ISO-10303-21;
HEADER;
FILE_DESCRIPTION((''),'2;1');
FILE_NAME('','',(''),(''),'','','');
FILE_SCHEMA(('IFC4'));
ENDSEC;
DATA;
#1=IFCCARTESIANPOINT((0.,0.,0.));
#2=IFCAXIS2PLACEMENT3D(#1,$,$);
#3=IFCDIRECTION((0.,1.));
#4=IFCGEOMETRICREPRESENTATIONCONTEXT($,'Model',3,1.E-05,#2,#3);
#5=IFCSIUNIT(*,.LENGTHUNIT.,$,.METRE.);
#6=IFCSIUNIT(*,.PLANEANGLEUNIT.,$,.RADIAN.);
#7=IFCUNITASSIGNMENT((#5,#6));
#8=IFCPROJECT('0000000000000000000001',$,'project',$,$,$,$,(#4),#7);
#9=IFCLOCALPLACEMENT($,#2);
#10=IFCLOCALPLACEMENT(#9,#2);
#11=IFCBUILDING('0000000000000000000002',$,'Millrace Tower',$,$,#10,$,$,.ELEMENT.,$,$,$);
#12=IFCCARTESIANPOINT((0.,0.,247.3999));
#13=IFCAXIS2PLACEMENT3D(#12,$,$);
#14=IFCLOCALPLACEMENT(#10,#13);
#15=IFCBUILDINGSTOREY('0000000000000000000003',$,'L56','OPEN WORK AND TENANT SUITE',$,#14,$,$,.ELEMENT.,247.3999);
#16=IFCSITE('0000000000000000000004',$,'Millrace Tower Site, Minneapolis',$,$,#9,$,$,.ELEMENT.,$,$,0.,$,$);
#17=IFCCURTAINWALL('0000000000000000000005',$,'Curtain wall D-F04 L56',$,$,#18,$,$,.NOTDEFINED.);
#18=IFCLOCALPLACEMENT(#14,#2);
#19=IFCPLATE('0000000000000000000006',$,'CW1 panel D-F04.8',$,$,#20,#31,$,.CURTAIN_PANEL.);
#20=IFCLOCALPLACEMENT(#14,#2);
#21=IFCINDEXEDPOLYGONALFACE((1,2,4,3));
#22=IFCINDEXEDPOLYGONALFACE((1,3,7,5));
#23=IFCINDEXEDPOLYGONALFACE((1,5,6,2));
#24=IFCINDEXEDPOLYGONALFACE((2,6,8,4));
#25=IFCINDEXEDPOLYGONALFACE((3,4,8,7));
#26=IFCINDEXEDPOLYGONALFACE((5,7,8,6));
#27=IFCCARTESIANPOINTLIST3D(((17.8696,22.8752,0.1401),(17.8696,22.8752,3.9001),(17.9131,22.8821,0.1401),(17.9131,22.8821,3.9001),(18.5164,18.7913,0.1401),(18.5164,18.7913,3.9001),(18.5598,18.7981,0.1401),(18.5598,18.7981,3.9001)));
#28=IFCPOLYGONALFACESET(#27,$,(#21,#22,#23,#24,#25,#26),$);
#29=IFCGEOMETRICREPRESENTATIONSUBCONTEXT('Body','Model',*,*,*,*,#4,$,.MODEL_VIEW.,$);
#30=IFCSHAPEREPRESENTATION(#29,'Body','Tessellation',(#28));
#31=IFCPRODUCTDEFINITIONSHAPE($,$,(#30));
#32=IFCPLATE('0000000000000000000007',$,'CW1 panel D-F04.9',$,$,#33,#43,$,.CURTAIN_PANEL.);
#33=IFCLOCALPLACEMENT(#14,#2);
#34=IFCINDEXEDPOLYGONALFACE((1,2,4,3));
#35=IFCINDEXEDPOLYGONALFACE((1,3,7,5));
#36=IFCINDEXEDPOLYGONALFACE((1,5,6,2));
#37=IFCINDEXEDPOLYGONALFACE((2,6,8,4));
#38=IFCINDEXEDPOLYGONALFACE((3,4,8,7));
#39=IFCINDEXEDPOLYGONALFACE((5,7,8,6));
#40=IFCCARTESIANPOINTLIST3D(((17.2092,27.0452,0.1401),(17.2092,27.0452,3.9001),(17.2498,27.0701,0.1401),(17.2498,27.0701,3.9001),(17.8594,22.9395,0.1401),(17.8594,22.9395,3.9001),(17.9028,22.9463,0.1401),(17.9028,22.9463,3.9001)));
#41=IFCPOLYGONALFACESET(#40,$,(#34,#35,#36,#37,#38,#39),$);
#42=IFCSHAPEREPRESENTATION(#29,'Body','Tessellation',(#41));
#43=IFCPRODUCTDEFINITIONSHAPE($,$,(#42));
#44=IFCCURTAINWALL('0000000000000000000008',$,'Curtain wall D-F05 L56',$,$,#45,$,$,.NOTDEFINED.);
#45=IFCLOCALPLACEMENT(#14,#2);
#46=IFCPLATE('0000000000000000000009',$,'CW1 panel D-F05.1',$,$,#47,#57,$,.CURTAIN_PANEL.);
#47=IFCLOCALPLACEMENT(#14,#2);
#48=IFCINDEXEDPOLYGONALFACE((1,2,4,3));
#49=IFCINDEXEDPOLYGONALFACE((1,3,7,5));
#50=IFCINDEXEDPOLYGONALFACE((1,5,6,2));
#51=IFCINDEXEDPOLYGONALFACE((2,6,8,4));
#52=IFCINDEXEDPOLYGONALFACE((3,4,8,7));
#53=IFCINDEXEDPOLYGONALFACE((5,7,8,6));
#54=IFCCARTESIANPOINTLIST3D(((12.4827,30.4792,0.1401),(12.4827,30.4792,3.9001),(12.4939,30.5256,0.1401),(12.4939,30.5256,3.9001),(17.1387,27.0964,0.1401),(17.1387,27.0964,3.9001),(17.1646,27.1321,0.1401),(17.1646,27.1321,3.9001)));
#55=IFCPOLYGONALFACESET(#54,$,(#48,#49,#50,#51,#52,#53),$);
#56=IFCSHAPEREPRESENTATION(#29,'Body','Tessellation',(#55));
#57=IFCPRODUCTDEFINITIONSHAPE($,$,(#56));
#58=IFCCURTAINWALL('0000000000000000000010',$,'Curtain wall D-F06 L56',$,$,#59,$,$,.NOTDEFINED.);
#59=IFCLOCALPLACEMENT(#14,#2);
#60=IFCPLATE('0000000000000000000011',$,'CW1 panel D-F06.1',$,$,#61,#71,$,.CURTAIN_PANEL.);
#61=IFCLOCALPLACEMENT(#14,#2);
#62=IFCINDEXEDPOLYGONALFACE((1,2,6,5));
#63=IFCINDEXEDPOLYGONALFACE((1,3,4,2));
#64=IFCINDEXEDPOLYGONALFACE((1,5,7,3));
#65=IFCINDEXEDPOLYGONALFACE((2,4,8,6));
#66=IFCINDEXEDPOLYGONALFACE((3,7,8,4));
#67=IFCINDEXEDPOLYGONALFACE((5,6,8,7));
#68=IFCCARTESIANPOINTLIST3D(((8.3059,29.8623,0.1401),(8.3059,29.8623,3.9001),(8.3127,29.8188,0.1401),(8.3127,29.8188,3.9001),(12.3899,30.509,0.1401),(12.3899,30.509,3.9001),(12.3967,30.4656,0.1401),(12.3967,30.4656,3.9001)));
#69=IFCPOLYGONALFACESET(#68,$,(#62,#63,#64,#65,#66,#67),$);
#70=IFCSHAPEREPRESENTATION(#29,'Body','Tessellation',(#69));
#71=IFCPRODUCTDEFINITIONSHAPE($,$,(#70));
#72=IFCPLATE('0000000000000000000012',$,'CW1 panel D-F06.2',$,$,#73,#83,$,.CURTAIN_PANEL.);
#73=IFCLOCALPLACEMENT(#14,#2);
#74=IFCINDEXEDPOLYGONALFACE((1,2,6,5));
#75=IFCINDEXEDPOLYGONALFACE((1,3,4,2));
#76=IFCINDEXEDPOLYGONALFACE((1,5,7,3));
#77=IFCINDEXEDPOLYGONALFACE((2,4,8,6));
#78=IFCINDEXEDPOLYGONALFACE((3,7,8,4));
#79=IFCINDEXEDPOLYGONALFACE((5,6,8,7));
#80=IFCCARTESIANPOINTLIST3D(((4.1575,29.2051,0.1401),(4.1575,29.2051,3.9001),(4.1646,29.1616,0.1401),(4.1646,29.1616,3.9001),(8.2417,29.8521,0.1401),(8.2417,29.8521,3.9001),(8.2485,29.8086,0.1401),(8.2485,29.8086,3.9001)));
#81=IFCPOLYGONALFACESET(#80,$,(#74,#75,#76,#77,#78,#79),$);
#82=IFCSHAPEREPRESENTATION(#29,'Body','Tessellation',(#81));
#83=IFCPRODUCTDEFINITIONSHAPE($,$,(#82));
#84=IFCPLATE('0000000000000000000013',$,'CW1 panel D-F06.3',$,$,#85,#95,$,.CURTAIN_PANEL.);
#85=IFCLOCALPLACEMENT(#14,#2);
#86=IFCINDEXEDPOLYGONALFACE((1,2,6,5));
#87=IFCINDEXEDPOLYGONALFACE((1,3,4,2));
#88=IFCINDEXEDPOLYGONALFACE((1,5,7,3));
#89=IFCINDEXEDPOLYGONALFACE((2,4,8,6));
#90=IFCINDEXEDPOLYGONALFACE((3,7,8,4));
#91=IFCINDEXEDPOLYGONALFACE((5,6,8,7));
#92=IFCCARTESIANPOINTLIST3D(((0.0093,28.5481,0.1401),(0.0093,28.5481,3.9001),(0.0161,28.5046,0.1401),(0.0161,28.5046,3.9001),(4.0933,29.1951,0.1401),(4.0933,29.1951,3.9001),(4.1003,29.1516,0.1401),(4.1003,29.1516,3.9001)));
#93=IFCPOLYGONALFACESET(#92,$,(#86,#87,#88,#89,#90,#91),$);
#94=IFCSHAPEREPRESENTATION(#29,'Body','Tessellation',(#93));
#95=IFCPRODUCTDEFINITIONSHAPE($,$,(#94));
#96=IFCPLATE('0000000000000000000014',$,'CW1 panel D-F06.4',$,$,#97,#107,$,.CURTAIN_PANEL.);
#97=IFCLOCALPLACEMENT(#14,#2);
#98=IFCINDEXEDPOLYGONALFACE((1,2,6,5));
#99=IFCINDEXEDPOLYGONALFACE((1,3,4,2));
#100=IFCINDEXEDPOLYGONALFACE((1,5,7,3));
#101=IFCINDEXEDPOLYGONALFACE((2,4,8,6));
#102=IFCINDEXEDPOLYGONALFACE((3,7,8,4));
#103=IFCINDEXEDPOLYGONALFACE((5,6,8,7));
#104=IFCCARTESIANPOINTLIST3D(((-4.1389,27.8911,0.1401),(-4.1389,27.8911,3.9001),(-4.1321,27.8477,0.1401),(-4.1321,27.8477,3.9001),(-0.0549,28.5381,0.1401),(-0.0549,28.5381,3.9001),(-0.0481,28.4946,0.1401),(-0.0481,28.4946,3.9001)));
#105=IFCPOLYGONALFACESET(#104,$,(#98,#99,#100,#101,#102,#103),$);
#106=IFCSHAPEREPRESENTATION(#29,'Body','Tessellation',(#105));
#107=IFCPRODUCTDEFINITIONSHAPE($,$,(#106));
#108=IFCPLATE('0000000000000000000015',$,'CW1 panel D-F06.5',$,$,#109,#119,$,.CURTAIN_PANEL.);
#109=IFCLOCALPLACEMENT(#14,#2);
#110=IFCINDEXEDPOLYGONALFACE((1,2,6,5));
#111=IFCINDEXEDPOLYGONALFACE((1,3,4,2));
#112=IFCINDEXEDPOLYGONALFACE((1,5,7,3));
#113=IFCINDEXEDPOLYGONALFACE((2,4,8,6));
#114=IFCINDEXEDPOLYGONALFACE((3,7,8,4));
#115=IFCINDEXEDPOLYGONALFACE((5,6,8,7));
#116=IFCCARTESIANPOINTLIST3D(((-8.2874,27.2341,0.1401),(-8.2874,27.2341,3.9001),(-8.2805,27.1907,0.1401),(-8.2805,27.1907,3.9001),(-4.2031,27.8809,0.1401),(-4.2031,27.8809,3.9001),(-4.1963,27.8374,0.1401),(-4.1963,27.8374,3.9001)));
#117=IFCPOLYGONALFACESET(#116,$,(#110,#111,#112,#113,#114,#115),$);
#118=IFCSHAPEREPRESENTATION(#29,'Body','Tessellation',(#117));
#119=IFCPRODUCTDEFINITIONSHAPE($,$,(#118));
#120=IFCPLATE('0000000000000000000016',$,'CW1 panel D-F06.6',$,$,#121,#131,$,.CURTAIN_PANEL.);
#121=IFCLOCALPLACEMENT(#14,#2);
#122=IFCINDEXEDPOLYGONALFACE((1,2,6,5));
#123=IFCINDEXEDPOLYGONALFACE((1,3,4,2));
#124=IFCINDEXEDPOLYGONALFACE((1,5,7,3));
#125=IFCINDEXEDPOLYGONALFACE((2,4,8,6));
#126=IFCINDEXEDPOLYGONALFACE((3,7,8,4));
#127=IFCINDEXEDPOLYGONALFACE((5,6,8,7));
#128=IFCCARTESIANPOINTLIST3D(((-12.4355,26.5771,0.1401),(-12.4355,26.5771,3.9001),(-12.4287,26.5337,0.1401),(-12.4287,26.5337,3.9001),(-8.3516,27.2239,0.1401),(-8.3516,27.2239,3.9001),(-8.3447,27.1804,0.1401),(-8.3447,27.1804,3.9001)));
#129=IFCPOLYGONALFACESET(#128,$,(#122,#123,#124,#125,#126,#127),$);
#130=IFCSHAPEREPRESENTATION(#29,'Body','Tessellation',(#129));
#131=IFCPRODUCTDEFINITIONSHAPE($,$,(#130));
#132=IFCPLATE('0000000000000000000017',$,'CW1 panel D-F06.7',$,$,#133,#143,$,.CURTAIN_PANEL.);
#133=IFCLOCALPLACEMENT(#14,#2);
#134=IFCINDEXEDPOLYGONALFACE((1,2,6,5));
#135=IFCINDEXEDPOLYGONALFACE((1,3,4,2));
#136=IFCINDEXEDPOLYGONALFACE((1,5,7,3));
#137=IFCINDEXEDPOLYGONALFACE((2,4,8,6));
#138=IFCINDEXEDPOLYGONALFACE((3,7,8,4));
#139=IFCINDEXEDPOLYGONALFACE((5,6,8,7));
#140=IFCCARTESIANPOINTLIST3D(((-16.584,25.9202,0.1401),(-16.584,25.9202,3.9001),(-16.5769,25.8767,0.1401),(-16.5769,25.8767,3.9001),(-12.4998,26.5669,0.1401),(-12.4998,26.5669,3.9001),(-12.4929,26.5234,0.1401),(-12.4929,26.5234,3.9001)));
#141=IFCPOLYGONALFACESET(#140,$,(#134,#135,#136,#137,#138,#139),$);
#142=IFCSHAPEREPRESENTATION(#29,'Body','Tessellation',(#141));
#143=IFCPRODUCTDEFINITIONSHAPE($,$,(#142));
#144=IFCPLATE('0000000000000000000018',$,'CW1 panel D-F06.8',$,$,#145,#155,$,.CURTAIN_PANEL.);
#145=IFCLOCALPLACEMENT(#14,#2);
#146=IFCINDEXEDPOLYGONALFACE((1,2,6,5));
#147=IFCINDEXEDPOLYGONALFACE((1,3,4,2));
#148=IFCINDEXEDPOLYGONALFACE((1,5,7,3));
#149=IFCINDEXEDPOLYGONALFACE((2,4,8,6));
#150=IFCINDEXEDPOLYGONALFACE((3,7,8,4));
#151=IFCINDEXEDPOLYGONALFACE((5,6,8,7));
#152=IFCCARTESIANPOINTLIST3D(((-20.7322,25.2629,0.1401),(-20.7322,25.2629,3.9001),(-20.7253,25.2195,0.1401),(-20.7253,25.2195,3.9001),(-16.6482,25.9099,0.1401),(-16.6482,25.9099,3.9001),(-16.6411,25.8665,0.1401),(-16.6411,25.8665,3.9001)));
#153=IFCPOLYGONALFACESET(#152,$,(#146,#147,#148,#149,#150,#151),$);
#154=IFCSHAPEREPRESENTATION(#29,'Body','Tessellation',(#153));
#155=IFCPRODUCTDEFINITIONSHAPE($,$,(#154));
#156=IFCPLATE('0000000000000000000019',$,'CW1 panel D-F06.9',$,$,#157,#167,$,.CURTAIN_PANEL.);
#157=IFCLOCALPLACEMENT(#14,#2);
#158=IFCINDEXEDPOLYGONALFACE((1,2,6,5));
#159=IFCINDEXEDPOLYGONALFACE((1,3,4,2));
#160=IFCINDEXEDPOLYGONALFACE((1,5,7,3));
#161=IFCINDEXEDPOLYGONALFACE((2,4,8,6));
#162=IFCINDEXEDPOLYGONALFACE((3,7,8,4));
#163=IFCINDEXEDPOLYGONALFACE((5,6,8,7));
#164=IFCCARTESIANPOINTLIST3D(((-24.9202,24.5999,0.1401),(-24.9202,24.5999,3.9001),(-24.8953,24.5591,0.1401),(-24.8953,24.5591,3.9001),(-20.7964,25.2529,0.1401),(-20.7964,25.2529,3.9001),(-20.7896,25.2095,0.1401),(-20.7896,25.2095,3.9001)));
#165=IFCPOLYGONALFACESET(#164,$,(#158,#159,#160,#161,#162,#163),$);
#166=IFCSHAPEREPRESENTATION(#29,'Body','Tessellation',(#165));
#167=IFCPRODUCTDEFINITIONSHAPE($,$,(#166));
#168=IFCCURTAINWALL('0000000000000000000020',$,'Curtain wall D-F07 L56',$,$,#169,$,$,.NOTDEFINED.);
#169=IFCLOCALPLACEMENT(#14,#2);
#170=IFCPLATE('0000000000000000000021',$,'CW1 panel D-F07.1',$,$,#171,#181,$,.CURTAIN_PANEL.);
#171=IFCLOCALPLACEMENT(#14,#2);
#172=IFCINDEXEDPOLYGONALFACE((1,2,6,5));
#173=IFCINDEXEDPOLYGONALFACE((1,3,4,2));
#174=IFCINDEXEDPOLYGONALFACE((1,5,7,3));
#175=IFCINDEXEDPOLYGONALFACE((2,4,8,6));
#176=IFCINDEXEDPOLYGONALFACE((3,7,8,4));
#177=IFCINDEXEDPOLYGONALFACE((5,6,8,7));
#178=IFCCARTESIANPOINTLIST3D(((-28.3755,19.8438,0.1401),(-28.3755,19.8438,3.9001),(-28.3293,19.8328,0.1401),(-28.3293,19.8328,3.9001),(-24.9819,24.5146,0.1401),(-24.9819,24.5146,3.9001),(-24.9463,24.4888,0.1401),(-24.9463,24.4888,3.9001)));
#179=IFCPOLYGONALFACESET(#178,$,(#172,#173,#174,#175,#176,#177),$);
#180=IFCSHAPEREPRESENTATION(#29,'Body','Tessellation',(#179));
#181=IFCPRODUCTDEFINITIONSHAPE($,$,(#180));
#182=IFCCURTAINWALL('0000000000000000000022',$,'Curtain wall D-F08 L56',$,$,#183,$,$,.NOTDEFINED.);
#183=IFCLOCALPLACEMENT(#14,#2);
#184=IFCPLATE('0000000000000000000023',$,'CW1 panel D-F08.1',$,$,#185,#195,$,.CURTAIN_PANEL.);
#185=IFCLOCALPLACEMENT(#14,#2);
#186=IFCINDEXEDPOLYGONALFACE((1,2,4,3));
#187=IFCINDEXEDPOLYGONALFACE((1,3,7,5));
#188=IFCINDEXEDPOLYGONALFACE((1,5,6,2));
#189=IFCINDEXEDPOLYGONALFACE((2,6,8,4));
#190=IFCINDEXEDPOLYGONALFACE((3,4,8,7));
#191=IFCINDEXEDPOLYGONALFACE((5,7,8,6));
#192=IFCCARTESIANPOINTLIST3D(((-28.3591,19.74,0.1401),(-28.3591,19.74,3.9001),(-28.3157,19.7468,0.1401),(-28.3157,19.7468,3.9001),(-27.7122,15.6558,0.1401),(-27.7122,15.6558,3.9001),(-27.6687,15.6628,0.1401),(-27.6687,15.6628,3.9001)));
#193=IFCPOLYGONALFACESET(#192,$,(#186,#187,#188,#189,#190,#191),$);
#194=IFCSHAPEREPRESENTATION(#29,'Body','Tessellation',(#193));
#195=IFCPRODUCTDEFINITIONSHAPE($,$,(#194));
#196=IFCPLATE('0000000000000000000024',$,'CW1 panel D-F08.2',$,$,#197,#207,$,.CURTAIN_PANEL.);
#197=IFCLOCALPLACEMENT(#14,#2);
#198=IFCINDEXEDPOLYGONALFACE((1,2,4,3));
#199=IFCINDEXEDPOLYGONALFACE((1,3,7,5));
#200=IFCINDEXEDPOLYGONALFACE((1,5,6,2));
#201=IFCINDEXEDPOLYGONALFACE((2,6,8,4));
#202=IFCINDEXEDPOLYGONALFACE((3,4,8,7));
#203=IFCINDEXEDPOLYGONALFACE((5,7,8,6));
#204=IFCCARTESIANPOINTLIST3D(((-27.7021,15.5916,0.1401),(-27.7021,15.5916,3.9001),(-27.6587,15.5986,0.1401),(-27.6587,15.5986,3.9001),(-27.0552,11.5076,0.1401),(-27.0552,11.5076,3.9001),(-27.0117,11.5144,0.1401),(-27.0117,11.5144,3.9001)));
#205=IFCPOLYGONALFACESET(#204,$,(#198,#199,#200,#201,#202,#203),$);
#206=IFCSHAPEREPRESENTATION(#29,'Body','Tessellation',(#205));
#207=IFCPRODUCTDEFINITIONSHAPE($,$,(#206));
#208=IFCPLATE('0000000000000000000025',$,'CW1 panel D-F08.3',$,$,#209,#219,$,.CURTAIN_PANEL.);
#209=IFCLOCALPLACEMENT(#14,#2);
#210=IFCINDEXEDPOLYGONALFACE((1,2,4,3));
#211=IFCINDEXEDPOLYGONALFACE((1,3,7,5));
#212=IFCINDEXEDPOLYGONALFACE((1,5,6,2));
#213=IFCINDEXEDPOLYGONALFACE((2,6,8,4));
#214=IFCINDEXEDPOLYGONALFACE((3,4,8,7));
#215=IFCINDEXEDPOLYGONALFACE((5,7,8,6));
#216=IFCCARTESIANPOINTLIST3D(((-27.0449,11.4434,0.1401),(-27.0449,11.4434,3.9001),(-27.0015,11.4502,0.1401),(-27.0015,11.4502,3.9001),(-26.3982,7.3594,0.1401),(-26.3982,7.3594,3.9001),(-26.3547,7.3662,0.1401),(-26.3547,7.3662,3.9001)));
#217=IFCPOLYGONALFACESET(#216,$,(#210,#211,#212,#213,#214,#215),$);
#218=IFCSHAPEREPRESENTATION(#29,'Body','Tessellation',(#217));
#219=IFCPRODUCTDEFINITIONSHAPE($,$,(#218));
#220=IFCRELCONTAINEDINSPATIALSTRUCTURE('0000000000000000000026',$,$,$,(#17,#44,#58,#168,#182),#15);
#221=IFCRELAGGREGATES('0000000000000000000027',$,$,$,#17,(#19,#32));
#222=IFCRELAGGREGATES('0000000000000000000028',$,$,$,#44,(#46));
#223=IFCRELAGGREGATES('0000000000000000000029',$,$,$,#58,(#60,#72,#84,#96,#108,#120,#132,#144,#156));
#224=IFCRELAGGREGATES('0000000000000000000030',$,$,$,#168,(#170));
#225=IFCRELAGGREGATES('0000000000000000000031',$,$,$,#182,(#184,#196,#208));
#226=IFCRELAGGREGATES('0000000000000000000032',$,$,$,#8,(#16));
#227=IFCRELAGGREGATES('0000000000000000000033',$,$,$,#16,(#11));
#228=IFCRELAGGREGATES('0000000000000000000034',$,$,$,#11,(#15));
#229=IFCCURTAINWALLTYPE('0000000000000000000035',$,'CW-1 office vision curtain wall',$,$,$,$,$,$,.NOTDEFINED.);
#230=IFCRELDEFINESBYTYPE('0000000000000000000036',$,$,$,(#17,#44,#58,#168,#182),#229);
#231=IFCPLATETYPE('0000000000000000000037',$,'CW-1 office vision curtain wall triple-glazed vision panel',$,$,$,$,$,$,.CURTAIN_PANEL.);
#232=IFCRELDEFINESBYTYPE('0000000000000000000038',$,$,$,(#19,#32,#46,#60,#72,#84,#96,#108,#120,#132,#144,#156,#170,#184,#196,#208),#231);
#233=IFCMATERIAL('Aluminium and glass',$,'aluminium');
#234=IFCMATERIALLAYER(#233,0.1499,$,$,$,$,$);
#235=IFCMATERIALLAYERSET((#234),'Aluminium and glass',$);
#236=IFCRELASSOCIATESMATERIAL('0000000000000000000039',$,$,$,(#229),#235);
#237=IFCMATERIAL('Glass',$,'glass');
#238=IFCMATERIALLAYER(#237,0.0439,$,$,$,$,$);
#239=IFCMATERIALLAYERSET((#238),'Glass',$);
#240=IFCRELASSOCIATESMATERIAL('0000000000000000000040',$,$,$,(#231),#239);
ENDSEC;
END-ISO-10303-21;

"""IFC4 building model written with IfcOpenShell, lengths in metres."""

from ifc_helpers import new_model, si_unit, direction, frame, origin, place, context, subcontext, project, spatial, polyline, outline, extrude, material, layer, layer_set, type_object, element, aggregate, save


model = new_model("IFC4")

# Units and contexts
model_context = context("Model", 3, precision=1e-05, world=origin(), true_north=direction((0.0, 1.0)))
body_context = subcontext(model_context, "Body", "Model", "MODEL_VIEW")
ifc_project = project(units=[si_unit("LENGTHUNIT", "METRE"), si_unit("PLANEANGLEUNIT", "RADIAN")], contexts=[model_context])

# Site, building, storey
site_placement = place(None, origin())
site = spatial("IfcSite", under=ifc_project, at=site_placement, Name="Millrace Tower Site, Minneapolis", CompositionType="ELEMENT", RefElevation=0.0)
building_placement = place(site_placement, origin())
building = spatial("IfcBuilding", under=site, at=building_placement, Name="Millrace Tower", CompositionType="ELEMENT")
storey_placement = place(building_placement, frame((0.0, 0.0, 247.3999)))
storey = spatial("IfcBuildingStorey", under=building, at=storey_placement, Name="L56", Description="OPEN WORK AND TENANT SUITE", CompositionType="ELEMENT", Elevation=247.3999)

# Curtain wall, plates
ifc_material_1 = material(Name="Aluminium and glass", Category="aluminium")
ifc_layer_1 = layer(ifc_material_1, 0.1499)
ifc_layer_set_1 = layer_set([ifc_layer_1], Name="Aluminium and glass")
curtain_wall_type = type_object("IfcCurtainWallType", Name="CW-1 office vision curtain wall", PredefinedType="NOTDEFINED", material=ifc_layer_set_1)
placement_1 = place(storey_placement, origin())
curtain_wall_1 = element("IfcCurtainWall", 1, at=placement_1, inside=storey, type_object=curtain_wall_type, Name="Curtain wall D-F04 L56", PredefinedType="NOTDEFINED")
ifc_material_2 = material(Name="Glass", Category="glass")
ifc_layer_2 = layer(ifc_material_2, 0.0439)
ifc_layer_set_2 = layer_set([ifc_layer_2], Name="Glass")
plate_type = type_object("IfcPlateType", Name="CW-1 office vision curtain wall triple-glazed vision panel", PredefinedType="CURTAIN_PANEL", material=ifc_layer_set_2)
placement_2 = place(storey_placement, frame((0.0, 0.0, 0.1401)))
plate_1 = element("IfcPlate", 2, at=placement_2, type_object=plate_type, Name="CW1 panel D-F04.8", PredefinedType="CURTAIN_PANEL", context=body_context, shape_type="SweptSolid", body=[
    extrude(outline(polyline([(18.5598, 18.7981), (17.9131, 22.8821), (17.8696, 22.8752), (18.5164, 18.7913), (18.5598, 18.7981)])), origin(), (0.0, 0.0, 1.0), 3.76),
])
plate_2 = element("IfcPlate", 3, at=placement_2, type_object=plate_type, Name="CW1 panel D-F04.9", PredefinedType="CURTAIN_PANEL", context=body_context, shape_type="SweptSolid", body=[
    extrude(outline(polyline([(17.9028, 22.9463), (17.2498, 27.0701), (17.2092, 27.0452), (17.8594, 22.9395), (17.9028, 22.9463)])), origin(), (0.0, 0.0, 1.0), 3.76),
])
aggregate(curtain_wall_1, [plate_1, plate_2])

# Curtain wall, plate
curtain_wall_2 = element("IfcCurtainWall", 4, at=placement_1, inside=storey, type_object=curtain_wall_type, Name="Curtain wall D-F05 L56", PredefinedType="NOTDEFINED")
plate_3 = element("IfcPlate", 5, at=placement_2, type_object=plate_type, Name="CW1 panel D-F05.1", PredefinedType="CURTAIN_PANEL", context=body_context, shape_type="SweptSolid", body=[
    extrude(outline(polyline([(17.1646, 27.1321), (12.4939, 30.5256), (12.4827, 30.4792), (17.1387, 27.0964), (17.1646, 27.1321)])), origin(), (0.0, 0.0, 1.0), 3.76),
])
aggregate(curtain_wall_2, [plate_3])

# Curtain wall, plates
curtain_wall_3 = element("IfcCurtainWall", 6, at=placement_1, inside=storey, type_object=curtain_wall_type, Name="Curtain wall D-F06 L56", PredefinedType="NOTDEFINED")
plate_4 = element("IfcPlate", 7, at=placement_2, type_object=plate_type, Name="CW1 panel D-F06.1", PredefinedType="CURTAIN_PANEL", context=body_context, shape_type="SweptSolid", body=[
    extrude(outline(polyline([(12.3899, 30.509), (8.3059, 29.8623), (8.3127, 29.8188), (12.3967, 30.4656), (12.3899, 30.509)])), origin(), (0.0, 0.0, 1.0), 3.76),
])
plate_5 = element("IfcPlate", 8, at=placement_2, type_object=plate_type, Name="CW1 panel D-F06.2", PredefinedType="CURTAIN_PANEL", context=body_context, shape_type="SweptSolid", body=[
    extrude(outline(polyline([(8.2417, 29.8521), (4.1575, 29.2051), (4.1646, 29.1616), (8.2485, 29.8086), (8.2417, 29.8521)])), origin(), (0.0, 0.0, 1.0), 3.76),
])
plate_6 = element("IfcPlate", 9, at=placement_2, type_object=plate_type, Name="CW1 panel D-F06.3", PredefinedType="CURTAIN_PANEL", context=body_context, shape_type="SweptSolid", body=[
    extrude(outline(polyline([(4.0933, 29.1951), (0.0093, 28.5481), (0.0161, 28.5046), (4.1003, 29.1516), (4.0933, 29.1951)])), origin(), (0.0, 0.0, 1.0), 3.76),
])
plate_7 = element("IfcPlate", 10, at=placement_2, type_object=plate_type, Name="CW1 panel D-F06.4", PredefinedType="CURTAIN_PANEL", context=body_context, shape_type="SweptSolid", body=[
    extrude(outline(polyline([(-0.0549, 28.5381), (-4.1389, 27.8911), (-4.1321, 27.8477), (-0.0481, 28.4946), (-0.0549, 28.5381)])), origin(), (0.0, 0.0, 1.0), 3.76),
])
plate_8 = element("IfcPlate", 11, at=placement_2, type_object=plate_type, Name="CW1 panel D-F06.5", PredefinedType="CURTAIN_PANEL", context=body_context, shape_type="SweptSolid", body=[
    extrude(outline(polyline([(-4.2031, 27.8809), (-8.2874, 27.2341), (-8.2805, 27.1907), (-4.1963, 27.8374), (-4.2031, 27.8809)])), origin(), (0.0, 0.0, 1.0), 3.76),
])
plate_9 = element("IfcPlate", 12, at=placement_2, type_object=plate_type, Name="CW1 panel D-F06.6", PredefinedType="CURTAIN_PANEL", context=body_context, shape_type="SweptSolid", body=[
    extrude(outline(polyline([(-8.3516, 27.2239), (-12.4355, 26.5771), (-12.4287, 26.5337), (-8.3447, 27.1804), (-8.3516, 27.2239)])), origin(), (0.0, 0.0, 1.0), 3.76),
])
plate_10 = element("IfcPlate", 13, at=placement_2, type_object=plate_type, Name="CW1 panel D-F06.7", PredefinedType="CURTAIN_PANEL", context=body_context, shape_type="SweptSolid", body=[
    extrude(outline(polyline([(-12.4998, 26.5669), (-16.584, 25.9202), (-16.5769, 25.8767), (-12.4929, 26.5234), (-12.4998, 26.5669)])), origin(), (0.0, 0.0, 1.0), 3.76),
])
plate_11 = element("IfcPlate", 14, at=placement_2, type_object=plate_type, Name="CW1 panel D-F06.8", PredefinedType="CURTAIN_PANEL", context=body_context, shape_type="SweptSolid", body=[
    extrude(outline(polyline([(-16.6482, 25.9099), (-20.7322, 25.2629), (-20.7253, 25.2195), (-16.6411, 25.8665), (-16.6482, 25.9099)])), origin(), (0.0, 0.0, 1.0), 3.76),
])
plate_12 = element("IfcPlate", 15, at=placement_2, type_object=plate_type, Name="CW1 panel D-F06.9", PredefinedType="CURTAIN_PANEL", context=body_context, shape_type="SweptSolid", body=[
    extrude(outline(polyline([(-20.7964, 25.2529), (-24.9202, 24.5999), (-24.8953, 24.5591), (-20.7896, 25.2095), (-20.7964, 25.2529)])), origin(), (0.0, 0.0, 1.0), 3.76),
])
aggregate(curtain_wall_3, [plate_4, plate_5, plate_6, plate_7, plate_8, plate_9, plate_10, plate_11, plate_12])

# Curtain wall, plate
curtain_wall_4 = element("IfcCurtainWall", 16, at=placement_1, inside=storey, type_object=curtain_wall_type, Name="Curtain wall D-F07 L56", PredefinedType="NOTDEFINED")
plate_13 = element("IfcPlate", 17, at=placement_2, type_object=plate_type, Name="CW1 panel D-F07.1", PredefinedType="CURTAIN_PANEL", context=body_context, shape_type="SweptSolid", body=[
    extrude(outline(polyline([(-24.9819, 24.5146), (-28.3755, 19.8438), (-28.3293, 19.8328), (-24.9463, 24.4888), (-24.9819, 24.5146)])), origin(), (0.0, 0.0, 1.0), 3.76),
])
aggregate(curtain_wall_4, [plate_13])

# Curtain wall, plates
curtain_wall_5 = element("IfcCurtainWall", 18, at=placement_1, inside=storey, type_object=curtain_wall_type, Name="Curtain wall D-F08 L56", PredefinedType="NOTDEFINED")
plate_14 = element("IfcPlate", 19, at=placement_2, type_object=plate_type, Name="CW1 panel D-F08.1", PredefinedType="CURTAIN_PANEL", context=body_context, shape_type="SweptSolid", body=[
    extrude(outline(polyline([(-28.3591, 19.74), (-27.7122, 15.6558), (-27.6687, 15.6628), (-28.3157, 19.7468), (-28.3591, 19.74)])), origin(), (0.0, 0.0, 1.0), 3.76),
])
plate_15 = element("IfcPlate", 20, at=placement_2, type_object=plate_type, Name="CW1 panel D-F08.2", PredefinedType="CURTAIN_PANEL", context=body_context, shape_type="SweptSolid", body=[
    extrude(outline(polyline([(-27.7021, 15.5916), (-27.0552, 11.5076), (-27.0117, 11.5144), (-27.6587, 15.5986), (-27.7021, 15.5916)])), origin(), (0.0, 0.0, 1.0), 3.76),
])
plate_16 = element("IfcPlate", 21, at=placement_2, type_object=plate_type, Name="CW1 panel D-F08.3", PredefinedType="CURTAIN_PANEL", context=body_context, shape_type="SweptSolid", body=[
    extrude(outline(polyline([(-27.0449, 11.4434), (-26.3982, 7.3594), (-26.3547, 7.3662), (-27.0015, 11.4502), (-27.0449, 11.4434)])), origin(), (0.0, 0.0, 1.0), 3.76),
])
aggregate(curtain_wall_5, [plate_14, plate_15, plate_16])

save(model, "model.ifc")
